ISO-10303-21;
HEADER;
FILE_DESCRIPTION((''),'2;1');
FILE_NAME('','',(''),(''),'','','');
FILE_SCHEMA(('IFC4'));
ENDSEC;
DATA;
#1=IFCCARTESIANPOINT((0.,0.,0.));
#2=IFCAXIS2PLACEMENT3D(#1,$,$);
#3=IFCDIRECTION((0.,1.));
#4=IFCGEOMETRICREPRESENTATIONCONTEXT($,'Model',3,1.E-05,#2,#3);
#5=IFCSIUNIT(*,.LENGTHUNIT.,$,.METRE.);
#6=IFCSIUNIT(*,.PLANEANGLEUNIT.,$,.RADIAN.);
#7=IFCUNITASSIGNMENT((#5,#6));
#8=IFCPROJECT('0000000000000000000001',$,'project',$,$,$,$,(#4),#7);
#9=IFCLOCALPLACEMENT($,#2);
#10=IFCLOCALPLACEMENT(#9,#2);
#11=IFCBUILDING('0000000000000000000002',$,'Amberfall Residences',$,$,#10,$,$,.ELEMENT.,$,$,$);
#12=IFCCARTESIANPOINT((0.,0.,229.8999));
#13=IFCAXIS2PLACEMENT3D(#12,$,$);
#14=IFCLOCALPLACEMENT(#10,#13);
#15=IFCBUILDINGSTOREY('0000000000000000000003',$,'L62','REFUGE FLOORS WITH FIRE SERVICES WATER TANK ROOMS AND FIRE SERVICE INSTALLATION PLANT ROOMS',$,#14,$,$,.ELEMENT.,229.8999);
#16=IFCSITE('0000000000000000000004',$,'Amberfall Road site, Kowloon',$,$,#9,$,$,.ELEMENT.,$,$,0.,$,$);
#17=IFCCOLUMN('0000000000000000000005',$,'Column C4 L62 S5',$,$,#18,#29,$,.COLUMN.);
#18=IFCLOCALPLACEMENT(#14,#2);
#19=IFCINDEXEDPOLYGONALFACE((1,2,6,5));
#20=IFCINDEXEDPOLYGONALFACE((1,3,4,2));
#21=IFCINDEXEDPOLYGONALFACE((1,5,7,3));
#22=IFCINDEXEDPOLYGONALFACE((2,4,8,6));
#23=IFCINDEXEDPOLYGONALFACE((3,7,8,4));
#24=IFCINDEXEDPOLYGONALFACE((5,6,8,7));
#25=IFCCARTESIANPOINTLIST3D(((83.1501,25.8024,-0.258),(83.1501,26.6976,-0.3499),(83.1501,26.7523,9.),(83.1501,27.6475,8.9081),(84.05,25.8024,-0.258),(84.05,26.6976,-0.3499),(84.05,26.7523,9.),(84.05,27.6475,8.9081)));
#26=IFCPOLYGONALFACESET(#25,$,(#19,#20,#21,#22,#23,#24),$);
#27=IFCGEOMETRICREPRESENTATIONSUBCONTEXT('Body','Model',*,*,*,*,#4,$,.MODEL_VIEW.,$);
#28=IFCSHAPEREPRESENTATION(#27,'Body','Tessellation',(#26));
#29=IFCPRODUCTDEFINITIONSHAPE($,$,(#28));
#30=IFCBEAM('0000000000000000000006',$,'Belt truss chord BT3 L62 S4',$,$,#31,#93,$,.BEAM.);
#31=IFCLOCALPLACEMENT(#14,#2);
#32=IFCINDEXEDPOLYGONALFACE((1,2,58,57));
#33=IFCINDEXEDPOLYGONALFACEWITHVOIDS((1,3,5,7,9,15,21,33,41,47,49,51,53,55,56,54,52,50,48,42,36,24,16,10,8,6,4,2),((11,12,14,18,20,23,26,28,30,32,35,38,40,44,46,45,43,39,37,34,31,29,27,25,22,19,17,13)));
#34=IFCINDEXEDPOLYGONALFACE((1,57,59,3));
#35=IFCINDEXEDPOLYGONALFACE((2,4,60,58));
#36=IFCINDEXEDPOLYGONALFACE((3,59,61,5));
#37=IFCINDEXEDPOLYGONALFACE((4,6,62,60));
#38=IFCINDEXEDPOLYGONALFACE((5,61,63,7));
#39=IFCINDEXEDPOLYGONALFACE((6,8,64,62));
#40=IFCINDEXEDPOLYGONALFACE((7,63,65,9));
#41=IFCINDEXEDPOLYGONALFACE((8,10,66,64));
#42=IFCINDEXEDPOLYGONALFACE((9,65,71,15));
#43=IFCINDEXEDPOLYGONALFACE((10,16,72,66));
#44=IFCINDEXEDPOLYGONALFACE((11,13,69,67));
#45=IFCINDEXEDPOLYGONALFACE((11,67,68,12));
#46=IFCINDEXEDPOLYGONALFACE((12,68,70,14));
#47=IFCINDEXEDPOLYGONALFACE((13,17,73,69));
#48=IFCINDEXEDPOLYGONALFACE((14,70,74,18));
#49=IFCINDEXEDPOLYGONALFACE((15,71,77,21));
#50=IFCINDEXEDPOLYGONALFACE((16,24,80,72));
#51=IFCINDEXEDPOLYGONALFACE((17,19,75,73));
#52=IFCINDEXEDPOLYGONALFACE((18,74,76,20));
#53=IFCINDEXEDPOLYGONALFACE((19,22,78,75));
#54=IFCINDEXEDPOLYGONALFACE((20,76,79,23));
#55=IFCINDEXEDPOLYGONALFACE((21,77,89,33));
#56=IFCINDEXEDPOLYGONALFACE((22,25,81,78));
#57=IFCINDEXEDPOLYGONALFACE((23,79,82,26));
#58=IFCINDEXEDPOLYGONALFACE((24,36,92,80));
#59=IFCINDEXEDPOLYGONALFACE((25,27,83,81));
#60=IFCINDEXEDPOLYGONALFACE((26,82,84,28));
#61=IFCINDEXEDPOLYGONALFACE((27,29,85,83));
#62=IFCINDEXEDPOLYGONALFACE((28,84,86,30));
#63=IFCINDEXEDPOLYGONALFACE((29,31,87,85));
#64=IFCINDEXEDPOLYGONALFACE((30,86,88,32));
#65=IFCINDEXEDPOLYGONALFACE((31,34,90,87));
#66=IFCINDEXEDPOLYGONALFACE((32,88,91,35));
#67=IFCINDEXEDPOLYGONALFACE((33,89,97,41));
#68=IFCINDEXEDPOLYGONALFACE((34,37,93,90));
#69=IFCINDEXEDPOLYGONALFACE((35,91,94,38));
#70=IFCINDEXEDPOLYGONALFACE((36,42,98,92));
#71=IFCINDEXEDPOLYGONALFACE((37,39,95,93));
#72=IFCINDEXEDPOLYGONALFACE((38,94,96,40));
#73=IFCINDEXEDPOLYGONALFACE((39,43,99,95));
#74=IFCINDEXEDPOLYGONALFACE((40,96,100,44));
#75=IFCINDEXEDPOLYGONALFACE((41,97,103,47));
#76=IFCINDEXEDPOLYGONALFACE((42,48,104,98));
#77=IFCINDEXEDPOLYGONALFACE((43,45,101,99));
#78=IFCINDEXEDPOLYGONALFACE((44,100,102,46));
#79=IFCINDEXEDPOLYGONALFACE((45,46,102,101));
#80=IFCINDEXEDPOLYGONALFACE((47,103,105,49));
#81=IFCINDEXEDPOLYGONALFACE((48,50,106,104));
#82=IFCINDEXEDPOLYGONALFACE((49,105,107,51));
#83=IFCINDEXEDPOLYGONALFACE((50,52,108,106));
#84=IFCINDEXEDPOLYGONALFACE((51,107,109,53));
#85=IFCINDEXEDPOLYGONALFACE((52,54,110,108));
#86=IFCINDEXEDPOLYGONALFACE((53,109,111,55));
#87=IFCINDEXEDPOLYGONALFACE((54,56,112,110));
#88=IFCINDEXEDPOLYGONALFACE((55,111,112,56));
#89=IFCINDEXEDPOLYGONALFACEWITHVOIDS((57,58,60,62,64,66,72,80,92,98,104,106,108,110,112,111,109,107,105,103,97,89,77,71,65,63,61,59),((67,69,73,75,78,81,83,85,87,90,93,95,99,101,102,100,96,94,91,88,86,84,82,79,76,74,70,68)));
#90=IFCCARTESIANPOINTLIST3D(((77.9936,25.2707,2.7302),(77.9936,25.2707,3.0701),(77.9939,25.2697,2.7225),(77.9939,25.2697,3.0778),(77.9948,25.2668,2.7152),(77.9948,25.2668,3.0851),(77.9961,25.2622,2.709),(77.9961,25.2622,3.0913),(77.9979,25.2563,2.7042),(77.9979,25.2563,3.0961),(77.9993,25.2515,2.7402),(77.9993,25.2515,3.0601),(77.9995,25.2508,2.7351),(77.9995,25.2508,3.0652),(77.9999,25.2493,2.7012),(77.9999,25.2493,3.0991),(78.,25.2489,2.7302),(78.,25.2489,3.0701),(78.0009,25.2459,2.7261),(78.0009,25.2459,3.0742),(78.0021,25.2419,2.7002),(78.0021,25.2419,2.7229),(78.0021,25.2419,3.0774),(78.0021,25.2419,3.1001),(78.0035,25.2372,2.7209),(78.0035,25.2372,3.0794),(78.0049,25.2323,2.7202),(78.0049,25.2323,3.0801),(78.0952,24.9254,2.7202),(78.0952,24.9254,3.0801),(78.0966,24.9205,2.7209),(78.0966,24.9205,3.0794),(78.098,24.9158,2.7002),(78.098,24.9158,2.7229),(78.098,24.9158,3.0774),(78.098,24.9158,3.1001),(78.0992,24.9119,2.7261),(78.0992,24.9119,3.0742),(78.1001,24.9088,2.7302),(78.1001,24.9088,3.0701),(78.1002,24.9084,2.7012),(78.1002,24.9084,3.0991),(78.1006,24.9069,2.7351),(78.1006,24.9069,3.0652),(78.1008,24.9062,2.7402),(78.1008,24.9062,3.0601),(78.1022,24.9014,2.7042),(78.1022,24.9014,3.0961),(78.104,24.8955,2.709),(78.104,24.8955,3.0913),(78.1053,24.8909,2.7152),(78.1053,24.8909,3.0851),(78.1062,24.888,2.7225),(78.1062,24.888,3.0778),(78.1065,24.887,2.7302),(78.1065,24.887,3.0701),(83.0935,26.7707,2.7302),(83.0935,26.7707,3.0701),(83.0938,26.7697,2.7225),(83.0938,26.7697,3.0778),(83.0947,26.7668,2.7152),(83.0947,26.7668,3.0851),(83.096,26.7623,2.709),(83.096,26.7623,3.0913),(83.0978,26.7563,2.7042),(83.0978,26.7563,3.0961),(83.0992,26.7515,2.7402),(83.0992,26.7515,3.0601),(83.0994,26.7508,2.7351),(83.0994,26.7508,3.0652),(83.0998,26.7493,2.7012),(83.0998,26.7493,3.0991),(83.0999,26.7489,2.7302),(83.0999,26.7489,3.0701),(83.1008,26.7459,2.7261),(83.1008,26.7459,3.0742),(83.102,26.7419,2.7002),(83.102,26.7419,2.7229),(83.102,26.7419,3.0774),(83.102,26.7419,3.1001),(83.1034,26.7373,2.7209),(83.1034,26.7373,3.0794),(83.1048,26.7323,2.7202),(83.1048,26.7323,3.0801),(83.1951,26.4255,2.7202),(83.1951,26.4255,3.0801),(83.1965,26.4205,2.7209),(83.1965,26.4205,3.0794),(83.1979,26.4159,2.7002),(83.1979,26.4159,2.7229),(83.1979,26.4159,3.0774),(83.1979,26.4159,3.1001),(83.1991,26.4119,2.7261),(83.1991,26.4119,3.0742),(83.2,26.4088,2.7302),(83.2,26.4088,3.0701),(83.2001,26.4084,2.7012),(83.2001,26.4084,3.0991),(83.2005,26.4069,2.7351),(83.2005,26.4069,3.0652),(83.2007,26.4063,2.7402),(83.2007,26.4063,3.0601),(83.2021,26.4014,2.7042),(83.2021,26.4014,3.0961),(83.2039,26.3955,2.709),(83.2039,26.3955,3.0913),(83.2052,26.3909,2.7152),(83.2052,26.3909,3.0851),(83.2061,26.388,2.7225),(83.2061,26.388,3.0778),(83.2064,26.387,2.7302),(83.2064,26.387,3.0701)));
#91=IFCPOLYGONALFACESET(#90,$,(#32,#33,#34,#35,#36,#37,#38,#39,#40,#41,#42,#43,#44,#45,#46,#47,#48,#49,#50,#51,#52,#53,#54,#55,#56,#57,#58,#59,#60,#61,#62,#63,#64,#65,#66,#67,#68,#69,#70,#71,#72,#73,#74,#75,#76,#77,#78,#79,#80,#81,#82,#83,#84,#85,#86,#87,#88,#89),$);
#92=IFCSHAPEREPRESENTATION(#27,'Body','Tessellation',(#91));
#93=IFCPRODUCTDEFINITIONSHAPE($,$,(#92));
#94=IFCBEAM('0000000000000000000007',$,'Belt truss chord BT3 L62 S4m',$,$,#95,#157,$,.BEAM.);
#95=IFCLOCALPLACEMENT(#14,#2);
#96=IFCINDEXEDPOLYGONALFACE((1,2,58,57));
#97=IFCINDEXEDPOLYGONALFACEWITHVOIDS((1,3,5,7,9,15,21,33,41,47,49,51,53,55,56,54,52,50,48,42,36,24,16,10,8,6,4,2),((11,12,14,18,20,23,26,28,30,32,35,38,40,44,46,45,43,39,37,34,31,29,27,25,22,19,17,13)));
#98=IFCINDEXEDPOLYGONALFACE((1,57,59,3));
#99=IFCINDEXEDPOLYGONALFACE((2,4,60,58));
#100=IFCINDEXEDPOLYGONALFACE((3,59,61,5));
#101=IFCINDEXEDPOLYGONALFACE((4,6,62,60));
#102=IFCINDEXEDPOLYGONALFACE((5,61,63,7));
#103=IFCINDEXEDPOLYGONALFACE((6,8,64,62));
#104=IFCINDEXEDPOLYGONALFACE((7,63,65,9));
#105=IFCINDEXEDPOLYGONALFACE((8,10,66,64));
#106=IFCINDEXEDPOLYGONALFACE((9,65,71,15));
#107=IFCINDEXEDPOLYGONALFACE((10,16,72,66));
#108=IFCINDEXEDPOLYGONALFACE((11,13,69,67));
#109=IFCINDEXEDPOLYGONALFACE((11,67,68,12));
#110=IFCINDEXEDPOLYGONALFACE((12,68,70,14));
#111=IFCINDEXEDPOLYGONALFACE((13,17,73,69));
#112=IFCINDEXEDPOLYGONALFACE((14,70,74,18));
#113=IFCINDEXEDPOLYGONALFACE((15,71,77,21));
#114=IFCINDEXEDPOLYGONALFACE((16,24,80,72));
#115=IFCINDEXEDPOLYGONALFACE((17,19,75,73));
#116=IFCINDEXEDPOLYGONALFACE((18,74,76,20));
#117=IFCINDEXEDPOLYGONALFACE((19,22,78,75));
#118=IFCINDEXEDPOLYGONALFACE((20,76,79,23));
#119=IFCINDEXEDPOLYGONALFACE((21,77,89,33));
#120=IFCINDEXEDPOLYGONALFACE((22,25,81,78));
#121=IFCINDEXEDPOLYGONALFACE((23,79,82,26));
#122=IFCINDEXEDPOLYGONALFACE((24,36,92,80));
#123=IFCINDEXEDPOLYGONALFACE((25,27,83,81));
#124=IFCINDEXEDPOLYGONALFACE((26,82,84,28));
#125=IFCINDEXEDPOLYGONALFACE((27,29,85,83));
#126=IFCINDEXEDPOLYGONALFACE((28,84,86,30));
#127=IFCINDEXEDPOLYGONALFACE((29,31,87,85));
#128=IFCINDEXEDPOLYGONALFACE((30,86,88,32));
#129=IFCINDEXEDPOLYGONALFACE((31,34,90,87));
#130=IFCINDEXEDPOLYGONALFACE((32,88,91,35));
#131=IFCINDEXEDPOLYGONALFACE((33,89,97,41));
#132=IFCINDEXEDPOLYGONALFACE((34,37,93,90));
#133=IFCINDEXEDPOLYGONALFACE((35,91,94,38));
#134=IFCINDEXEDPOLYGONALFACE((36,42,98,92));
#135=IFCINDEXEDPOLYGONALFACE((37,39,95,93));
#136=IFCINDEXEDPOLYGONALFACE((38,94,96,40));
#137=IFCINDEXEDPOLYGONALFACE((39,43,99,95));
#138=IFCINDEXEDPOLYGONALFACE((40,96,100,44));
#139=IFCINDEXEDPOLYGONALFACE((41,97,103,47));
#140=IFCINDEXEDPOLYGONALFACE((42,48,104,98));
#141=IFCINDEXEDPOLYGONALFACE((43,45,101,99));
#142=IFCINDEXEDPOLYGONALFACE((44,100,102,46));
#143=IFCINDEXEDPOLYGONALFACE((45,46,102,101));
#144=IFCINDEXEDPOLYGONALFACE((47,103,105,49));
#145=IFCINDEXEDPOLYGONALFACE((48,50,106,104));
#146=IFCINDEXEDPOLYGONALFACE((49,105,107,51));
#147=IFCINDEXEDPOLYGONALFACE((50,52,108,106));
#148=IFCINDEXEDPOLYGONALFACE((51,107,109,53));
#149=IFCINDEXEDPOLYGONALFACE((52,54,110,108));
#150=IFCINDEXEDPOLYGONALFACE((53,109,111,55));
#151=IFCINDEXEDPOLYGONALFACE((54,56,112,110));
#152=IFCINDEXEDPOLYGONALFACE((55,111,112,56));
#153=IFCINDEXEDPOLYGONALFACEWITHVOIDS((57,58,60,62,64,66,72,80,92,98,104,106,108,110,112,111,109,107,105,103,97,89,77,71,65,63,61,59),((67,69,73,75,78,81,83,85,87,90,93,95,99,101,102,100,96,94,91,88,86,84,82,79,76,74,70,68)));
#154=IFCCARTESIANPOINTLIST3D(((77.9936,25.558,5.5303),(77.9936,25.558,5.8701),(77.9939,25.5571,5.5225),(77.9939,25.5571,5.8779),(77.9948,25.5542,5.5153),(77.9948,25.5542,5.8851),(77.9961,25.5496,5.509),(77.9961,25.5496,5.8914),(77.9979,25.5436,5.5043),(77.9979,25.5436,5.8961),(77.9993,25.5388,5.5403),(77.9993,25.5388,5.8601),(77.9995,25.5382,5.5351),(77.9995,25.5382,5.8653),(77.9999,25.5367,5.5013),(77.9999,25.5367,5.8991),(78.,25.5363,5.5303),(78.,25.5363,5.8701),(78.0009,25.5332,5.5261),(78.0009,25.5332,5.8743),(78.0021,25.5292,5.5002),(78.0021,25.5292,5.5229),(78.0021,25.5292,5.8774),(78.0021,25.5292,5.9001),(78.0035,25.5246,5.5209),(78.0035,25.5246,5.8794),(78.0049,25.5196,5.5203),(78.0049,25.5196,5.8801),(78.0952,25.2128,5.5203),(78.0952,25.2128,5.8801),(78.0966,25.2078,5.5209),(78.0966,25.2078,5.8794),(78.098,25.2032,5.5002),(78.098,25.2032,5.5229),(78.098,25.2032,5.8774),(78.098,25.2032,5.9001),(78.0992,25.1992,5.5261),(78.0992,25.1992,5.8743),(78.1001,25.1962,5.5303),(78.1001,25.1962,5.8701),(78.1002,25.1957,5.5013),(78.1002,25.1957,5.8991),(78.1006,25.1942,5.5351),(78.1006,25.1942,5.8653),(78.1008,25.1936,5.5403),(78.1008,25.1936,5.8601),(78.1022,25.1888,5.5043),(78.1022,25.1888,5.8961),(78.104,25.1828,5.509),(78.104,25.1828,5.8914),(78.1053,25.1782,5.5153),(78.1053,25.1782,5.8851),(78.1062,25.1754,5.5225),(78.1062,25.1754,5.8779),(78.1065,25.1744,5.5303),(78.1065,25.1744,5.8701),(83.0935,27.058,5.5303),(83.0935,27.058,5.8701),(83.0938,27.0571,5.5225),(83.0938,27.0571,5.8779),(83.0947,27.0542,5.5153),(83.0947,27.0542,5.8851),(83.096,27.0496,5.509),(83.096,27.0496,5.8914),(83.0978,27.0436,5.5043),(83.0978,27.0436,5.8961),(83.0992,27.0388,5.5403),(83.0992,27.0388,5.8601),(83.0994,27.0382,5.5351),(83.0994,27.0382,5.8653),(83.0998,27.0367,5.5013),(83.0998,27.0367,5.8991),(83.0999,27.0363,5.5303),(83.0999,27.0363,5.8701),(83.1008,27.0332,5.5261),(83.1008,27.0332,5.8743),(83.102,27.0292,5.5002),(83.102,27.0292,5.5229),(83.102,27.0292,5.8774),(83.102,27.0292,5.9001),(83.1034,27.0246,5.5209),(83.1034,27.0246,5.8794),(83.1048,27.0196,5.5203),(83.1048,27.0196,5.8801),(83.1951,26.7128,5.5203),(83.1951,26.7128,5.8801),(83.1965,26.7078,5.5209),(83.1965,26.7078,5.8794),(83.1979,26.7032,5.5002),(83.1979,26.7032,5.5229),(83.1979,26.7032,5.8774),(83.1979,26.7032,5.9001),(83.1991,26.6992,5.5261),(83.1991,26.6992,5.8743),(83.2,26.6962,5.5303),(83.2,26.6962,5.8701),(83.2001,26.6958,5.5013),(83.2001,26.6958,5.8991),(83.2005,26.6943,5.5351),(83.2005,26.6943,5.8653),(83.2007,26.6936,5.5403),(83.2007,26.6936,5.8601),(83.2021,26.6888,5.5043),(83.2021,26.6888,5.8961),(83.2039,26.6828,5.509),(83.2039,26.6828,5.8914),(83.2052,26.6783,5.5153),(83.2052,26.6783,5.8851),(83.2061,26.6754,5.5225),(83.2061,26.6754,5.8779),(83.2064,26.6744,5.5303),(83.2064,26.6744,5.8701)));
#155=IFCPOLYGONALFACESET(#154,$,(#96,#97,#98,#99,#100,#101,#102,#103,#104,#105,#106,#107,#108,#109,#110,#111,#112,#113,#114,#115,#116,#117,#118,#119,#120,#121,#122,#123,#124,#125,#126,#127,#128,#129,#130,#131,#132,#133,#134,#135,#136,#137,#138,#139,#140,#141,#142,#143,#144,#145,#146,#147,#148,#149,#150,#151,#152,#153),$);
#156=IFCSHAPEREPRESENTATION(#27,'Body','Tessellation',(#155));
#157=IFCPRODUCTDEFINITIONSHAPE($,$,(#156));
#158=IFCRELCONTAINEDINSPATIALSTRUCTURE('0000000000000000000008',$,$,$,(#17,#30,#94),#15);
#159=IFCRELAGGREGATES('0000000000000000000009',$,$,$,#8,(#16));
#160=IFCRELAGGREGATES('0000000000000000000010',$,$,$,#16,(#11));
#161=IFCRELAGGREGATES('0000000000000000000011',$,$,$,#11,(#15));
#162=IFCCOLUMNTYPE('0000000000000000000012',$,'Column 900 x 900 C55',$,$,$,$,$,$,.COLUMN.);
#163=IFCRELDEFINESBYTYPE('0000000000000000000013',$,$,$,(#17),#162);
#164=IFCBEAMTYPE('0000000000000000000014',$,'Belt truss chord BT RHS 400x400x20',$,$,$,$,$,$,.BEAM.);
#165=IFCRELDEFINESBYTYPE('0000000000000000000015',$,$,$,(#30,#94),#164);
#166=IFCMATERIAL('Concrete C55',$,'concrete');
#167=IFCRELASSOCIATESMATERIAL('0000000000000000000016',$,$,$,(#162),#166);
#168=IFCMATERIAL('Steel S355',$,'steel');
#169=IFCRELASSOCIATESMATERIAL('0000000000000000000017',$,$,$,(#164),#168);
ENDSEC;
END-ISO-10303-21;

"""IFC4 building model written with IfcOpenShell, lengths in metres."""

from ifc_helpers import new_model, si_unit, direction, frame, origin, origin_2d, place, context, subcontext, project, spatial, rectangle, hollow_rectangle, extrude, material, material_profile, profile_set, type_object, element, save


model = new_model("IFC4")

# Units and contexts
model_context = context("Model", 3, precision=1e-05, world=origin(), true_north=direction((0.0, 1.0)))
body_context = subcontext(model_context, "Body", "Model", "MODEL_VIEW")
ifc_project = project(units=[si_unit("LENGTHUNIT", "METRE"), si_unit("PLANEANGLEUNIT", "RADIAN")], contexts=[model_context])

# Site, building, storey
site_placement = place(None, origin())
site = spatial("IfcSite", under=ifc_project, at=site_placement, Name="Amberfall Road site, Kowloon", CompositionType="ELEMENT", RefElevation=0.0)
building_placement = place(site_placement, origin())
building = spatial("IfcBuilding", under=site, at=building_placement, Name="Amberfall Residences", CompositionType="ELEMENT")
storey_placement = place(building_placement, frame((0.0, 0.0, 229.8999)))
storey = spatial("IfcBuildingStorey", under=building, at=storey_placement, Name="L62", Description="REFUGE FLOORS WITH FIRE SERVICES WATER TANK ROOMS AND FIRE SERVICE INSTALLATION PLANT ROOMS", CompositionType="ELEMENT", Elevation=229.8999)

# Column
ifc_material_1 = material(Name="Concrete C55", Category="concrete")
ifc_material_profile_1 = material_profile(ifc_material_1, rectangle(XDim=0.8999, YDim=0.8999, at=origin_2d()), Name="Column 900 x 900 C55")
ifc_profile_set_1 = profile_set([ifc_material_profile_1], Name="Concrete C55")
column_type = type_object("IfcColumnType", Name="Column 900 x 900 C55", PredefinedType="COLUMN", material=ifc_profile_set_1)
column_placement = place(storey_placement, frame((83.6001, 26.25, -0.304), z_axis=(0.0, 0.102072, 0.994777), x_axis=(-1.0, 0.0, 0.0)))
element("IfcColumn", 1, at=column_placement, inside=storey, type_object=column_type, Name="Column C4 L62 S5", PredefinedType="COLUMN", context=body_context, shape_type="SweptSolid", body=[
    extrude(rectangle(XDim=0.8999, YDim=0.8999, at=origin_2d()), origin(), (0.0, 0.0, 1.0), 9.3066),
])

# Beams
ifc_material_2 = material(Name="Steel S355", Category="steel")
ifc_material_profile_2 = material_profile(ifc_material_2, hollow_rectangle(XDim=0.3999, YDim=0.3999, WallThickness=0.02, InnerFilletRadius=0.02, OuterFilletRadius=0.03, at=origin_2d()), Name="RHS 400x400x20")
ifc_profile_set_2 = profile_set([ifc_material_profile_2], Name="Steel S355")
beam_type_1 = type_object("IfcBeamType", Name="Belt truss chord BT RHS 400x400x20", PredefinedType="BEAM", material=ifc_profile_set_2)
for number, where, z_axis, x_axis, name in (
    (2, (78.05, 25.0789, 2.9001), (0.959363, 0.282174, 0.0), (-0.282174, 0.959363, 0.0), "Belt truss chord BT3 L62 S4"),
    (3, (78.05, 25.3662, 5.7002), (0.959363, 0.282174, 0.0), (-0.282174, 0.959363, 0.0), "Belt truss chord BT3 L62 S4m"),
):
    element("IfcBeam", number, at=place(storey_placement, frame(where, z_axis=z_axis, x_axis=x_axis)), inside=storey, type_object=beam_type_1, Name=name, PredefinedType="BEAM", context=body_context, shape_type="SweptSolid", body=[
        extrude(hollow_rectangle(XDim=0.3999, YDim=0.3999, WallThickness=0.02, InnerFilletRadius=0.02, OuterFilletRadius=0.03, at=origin_2d()), origin(), (0.0, 0.0, 1.0), 5.3159),
    ])

save(model, "model.ifc")
